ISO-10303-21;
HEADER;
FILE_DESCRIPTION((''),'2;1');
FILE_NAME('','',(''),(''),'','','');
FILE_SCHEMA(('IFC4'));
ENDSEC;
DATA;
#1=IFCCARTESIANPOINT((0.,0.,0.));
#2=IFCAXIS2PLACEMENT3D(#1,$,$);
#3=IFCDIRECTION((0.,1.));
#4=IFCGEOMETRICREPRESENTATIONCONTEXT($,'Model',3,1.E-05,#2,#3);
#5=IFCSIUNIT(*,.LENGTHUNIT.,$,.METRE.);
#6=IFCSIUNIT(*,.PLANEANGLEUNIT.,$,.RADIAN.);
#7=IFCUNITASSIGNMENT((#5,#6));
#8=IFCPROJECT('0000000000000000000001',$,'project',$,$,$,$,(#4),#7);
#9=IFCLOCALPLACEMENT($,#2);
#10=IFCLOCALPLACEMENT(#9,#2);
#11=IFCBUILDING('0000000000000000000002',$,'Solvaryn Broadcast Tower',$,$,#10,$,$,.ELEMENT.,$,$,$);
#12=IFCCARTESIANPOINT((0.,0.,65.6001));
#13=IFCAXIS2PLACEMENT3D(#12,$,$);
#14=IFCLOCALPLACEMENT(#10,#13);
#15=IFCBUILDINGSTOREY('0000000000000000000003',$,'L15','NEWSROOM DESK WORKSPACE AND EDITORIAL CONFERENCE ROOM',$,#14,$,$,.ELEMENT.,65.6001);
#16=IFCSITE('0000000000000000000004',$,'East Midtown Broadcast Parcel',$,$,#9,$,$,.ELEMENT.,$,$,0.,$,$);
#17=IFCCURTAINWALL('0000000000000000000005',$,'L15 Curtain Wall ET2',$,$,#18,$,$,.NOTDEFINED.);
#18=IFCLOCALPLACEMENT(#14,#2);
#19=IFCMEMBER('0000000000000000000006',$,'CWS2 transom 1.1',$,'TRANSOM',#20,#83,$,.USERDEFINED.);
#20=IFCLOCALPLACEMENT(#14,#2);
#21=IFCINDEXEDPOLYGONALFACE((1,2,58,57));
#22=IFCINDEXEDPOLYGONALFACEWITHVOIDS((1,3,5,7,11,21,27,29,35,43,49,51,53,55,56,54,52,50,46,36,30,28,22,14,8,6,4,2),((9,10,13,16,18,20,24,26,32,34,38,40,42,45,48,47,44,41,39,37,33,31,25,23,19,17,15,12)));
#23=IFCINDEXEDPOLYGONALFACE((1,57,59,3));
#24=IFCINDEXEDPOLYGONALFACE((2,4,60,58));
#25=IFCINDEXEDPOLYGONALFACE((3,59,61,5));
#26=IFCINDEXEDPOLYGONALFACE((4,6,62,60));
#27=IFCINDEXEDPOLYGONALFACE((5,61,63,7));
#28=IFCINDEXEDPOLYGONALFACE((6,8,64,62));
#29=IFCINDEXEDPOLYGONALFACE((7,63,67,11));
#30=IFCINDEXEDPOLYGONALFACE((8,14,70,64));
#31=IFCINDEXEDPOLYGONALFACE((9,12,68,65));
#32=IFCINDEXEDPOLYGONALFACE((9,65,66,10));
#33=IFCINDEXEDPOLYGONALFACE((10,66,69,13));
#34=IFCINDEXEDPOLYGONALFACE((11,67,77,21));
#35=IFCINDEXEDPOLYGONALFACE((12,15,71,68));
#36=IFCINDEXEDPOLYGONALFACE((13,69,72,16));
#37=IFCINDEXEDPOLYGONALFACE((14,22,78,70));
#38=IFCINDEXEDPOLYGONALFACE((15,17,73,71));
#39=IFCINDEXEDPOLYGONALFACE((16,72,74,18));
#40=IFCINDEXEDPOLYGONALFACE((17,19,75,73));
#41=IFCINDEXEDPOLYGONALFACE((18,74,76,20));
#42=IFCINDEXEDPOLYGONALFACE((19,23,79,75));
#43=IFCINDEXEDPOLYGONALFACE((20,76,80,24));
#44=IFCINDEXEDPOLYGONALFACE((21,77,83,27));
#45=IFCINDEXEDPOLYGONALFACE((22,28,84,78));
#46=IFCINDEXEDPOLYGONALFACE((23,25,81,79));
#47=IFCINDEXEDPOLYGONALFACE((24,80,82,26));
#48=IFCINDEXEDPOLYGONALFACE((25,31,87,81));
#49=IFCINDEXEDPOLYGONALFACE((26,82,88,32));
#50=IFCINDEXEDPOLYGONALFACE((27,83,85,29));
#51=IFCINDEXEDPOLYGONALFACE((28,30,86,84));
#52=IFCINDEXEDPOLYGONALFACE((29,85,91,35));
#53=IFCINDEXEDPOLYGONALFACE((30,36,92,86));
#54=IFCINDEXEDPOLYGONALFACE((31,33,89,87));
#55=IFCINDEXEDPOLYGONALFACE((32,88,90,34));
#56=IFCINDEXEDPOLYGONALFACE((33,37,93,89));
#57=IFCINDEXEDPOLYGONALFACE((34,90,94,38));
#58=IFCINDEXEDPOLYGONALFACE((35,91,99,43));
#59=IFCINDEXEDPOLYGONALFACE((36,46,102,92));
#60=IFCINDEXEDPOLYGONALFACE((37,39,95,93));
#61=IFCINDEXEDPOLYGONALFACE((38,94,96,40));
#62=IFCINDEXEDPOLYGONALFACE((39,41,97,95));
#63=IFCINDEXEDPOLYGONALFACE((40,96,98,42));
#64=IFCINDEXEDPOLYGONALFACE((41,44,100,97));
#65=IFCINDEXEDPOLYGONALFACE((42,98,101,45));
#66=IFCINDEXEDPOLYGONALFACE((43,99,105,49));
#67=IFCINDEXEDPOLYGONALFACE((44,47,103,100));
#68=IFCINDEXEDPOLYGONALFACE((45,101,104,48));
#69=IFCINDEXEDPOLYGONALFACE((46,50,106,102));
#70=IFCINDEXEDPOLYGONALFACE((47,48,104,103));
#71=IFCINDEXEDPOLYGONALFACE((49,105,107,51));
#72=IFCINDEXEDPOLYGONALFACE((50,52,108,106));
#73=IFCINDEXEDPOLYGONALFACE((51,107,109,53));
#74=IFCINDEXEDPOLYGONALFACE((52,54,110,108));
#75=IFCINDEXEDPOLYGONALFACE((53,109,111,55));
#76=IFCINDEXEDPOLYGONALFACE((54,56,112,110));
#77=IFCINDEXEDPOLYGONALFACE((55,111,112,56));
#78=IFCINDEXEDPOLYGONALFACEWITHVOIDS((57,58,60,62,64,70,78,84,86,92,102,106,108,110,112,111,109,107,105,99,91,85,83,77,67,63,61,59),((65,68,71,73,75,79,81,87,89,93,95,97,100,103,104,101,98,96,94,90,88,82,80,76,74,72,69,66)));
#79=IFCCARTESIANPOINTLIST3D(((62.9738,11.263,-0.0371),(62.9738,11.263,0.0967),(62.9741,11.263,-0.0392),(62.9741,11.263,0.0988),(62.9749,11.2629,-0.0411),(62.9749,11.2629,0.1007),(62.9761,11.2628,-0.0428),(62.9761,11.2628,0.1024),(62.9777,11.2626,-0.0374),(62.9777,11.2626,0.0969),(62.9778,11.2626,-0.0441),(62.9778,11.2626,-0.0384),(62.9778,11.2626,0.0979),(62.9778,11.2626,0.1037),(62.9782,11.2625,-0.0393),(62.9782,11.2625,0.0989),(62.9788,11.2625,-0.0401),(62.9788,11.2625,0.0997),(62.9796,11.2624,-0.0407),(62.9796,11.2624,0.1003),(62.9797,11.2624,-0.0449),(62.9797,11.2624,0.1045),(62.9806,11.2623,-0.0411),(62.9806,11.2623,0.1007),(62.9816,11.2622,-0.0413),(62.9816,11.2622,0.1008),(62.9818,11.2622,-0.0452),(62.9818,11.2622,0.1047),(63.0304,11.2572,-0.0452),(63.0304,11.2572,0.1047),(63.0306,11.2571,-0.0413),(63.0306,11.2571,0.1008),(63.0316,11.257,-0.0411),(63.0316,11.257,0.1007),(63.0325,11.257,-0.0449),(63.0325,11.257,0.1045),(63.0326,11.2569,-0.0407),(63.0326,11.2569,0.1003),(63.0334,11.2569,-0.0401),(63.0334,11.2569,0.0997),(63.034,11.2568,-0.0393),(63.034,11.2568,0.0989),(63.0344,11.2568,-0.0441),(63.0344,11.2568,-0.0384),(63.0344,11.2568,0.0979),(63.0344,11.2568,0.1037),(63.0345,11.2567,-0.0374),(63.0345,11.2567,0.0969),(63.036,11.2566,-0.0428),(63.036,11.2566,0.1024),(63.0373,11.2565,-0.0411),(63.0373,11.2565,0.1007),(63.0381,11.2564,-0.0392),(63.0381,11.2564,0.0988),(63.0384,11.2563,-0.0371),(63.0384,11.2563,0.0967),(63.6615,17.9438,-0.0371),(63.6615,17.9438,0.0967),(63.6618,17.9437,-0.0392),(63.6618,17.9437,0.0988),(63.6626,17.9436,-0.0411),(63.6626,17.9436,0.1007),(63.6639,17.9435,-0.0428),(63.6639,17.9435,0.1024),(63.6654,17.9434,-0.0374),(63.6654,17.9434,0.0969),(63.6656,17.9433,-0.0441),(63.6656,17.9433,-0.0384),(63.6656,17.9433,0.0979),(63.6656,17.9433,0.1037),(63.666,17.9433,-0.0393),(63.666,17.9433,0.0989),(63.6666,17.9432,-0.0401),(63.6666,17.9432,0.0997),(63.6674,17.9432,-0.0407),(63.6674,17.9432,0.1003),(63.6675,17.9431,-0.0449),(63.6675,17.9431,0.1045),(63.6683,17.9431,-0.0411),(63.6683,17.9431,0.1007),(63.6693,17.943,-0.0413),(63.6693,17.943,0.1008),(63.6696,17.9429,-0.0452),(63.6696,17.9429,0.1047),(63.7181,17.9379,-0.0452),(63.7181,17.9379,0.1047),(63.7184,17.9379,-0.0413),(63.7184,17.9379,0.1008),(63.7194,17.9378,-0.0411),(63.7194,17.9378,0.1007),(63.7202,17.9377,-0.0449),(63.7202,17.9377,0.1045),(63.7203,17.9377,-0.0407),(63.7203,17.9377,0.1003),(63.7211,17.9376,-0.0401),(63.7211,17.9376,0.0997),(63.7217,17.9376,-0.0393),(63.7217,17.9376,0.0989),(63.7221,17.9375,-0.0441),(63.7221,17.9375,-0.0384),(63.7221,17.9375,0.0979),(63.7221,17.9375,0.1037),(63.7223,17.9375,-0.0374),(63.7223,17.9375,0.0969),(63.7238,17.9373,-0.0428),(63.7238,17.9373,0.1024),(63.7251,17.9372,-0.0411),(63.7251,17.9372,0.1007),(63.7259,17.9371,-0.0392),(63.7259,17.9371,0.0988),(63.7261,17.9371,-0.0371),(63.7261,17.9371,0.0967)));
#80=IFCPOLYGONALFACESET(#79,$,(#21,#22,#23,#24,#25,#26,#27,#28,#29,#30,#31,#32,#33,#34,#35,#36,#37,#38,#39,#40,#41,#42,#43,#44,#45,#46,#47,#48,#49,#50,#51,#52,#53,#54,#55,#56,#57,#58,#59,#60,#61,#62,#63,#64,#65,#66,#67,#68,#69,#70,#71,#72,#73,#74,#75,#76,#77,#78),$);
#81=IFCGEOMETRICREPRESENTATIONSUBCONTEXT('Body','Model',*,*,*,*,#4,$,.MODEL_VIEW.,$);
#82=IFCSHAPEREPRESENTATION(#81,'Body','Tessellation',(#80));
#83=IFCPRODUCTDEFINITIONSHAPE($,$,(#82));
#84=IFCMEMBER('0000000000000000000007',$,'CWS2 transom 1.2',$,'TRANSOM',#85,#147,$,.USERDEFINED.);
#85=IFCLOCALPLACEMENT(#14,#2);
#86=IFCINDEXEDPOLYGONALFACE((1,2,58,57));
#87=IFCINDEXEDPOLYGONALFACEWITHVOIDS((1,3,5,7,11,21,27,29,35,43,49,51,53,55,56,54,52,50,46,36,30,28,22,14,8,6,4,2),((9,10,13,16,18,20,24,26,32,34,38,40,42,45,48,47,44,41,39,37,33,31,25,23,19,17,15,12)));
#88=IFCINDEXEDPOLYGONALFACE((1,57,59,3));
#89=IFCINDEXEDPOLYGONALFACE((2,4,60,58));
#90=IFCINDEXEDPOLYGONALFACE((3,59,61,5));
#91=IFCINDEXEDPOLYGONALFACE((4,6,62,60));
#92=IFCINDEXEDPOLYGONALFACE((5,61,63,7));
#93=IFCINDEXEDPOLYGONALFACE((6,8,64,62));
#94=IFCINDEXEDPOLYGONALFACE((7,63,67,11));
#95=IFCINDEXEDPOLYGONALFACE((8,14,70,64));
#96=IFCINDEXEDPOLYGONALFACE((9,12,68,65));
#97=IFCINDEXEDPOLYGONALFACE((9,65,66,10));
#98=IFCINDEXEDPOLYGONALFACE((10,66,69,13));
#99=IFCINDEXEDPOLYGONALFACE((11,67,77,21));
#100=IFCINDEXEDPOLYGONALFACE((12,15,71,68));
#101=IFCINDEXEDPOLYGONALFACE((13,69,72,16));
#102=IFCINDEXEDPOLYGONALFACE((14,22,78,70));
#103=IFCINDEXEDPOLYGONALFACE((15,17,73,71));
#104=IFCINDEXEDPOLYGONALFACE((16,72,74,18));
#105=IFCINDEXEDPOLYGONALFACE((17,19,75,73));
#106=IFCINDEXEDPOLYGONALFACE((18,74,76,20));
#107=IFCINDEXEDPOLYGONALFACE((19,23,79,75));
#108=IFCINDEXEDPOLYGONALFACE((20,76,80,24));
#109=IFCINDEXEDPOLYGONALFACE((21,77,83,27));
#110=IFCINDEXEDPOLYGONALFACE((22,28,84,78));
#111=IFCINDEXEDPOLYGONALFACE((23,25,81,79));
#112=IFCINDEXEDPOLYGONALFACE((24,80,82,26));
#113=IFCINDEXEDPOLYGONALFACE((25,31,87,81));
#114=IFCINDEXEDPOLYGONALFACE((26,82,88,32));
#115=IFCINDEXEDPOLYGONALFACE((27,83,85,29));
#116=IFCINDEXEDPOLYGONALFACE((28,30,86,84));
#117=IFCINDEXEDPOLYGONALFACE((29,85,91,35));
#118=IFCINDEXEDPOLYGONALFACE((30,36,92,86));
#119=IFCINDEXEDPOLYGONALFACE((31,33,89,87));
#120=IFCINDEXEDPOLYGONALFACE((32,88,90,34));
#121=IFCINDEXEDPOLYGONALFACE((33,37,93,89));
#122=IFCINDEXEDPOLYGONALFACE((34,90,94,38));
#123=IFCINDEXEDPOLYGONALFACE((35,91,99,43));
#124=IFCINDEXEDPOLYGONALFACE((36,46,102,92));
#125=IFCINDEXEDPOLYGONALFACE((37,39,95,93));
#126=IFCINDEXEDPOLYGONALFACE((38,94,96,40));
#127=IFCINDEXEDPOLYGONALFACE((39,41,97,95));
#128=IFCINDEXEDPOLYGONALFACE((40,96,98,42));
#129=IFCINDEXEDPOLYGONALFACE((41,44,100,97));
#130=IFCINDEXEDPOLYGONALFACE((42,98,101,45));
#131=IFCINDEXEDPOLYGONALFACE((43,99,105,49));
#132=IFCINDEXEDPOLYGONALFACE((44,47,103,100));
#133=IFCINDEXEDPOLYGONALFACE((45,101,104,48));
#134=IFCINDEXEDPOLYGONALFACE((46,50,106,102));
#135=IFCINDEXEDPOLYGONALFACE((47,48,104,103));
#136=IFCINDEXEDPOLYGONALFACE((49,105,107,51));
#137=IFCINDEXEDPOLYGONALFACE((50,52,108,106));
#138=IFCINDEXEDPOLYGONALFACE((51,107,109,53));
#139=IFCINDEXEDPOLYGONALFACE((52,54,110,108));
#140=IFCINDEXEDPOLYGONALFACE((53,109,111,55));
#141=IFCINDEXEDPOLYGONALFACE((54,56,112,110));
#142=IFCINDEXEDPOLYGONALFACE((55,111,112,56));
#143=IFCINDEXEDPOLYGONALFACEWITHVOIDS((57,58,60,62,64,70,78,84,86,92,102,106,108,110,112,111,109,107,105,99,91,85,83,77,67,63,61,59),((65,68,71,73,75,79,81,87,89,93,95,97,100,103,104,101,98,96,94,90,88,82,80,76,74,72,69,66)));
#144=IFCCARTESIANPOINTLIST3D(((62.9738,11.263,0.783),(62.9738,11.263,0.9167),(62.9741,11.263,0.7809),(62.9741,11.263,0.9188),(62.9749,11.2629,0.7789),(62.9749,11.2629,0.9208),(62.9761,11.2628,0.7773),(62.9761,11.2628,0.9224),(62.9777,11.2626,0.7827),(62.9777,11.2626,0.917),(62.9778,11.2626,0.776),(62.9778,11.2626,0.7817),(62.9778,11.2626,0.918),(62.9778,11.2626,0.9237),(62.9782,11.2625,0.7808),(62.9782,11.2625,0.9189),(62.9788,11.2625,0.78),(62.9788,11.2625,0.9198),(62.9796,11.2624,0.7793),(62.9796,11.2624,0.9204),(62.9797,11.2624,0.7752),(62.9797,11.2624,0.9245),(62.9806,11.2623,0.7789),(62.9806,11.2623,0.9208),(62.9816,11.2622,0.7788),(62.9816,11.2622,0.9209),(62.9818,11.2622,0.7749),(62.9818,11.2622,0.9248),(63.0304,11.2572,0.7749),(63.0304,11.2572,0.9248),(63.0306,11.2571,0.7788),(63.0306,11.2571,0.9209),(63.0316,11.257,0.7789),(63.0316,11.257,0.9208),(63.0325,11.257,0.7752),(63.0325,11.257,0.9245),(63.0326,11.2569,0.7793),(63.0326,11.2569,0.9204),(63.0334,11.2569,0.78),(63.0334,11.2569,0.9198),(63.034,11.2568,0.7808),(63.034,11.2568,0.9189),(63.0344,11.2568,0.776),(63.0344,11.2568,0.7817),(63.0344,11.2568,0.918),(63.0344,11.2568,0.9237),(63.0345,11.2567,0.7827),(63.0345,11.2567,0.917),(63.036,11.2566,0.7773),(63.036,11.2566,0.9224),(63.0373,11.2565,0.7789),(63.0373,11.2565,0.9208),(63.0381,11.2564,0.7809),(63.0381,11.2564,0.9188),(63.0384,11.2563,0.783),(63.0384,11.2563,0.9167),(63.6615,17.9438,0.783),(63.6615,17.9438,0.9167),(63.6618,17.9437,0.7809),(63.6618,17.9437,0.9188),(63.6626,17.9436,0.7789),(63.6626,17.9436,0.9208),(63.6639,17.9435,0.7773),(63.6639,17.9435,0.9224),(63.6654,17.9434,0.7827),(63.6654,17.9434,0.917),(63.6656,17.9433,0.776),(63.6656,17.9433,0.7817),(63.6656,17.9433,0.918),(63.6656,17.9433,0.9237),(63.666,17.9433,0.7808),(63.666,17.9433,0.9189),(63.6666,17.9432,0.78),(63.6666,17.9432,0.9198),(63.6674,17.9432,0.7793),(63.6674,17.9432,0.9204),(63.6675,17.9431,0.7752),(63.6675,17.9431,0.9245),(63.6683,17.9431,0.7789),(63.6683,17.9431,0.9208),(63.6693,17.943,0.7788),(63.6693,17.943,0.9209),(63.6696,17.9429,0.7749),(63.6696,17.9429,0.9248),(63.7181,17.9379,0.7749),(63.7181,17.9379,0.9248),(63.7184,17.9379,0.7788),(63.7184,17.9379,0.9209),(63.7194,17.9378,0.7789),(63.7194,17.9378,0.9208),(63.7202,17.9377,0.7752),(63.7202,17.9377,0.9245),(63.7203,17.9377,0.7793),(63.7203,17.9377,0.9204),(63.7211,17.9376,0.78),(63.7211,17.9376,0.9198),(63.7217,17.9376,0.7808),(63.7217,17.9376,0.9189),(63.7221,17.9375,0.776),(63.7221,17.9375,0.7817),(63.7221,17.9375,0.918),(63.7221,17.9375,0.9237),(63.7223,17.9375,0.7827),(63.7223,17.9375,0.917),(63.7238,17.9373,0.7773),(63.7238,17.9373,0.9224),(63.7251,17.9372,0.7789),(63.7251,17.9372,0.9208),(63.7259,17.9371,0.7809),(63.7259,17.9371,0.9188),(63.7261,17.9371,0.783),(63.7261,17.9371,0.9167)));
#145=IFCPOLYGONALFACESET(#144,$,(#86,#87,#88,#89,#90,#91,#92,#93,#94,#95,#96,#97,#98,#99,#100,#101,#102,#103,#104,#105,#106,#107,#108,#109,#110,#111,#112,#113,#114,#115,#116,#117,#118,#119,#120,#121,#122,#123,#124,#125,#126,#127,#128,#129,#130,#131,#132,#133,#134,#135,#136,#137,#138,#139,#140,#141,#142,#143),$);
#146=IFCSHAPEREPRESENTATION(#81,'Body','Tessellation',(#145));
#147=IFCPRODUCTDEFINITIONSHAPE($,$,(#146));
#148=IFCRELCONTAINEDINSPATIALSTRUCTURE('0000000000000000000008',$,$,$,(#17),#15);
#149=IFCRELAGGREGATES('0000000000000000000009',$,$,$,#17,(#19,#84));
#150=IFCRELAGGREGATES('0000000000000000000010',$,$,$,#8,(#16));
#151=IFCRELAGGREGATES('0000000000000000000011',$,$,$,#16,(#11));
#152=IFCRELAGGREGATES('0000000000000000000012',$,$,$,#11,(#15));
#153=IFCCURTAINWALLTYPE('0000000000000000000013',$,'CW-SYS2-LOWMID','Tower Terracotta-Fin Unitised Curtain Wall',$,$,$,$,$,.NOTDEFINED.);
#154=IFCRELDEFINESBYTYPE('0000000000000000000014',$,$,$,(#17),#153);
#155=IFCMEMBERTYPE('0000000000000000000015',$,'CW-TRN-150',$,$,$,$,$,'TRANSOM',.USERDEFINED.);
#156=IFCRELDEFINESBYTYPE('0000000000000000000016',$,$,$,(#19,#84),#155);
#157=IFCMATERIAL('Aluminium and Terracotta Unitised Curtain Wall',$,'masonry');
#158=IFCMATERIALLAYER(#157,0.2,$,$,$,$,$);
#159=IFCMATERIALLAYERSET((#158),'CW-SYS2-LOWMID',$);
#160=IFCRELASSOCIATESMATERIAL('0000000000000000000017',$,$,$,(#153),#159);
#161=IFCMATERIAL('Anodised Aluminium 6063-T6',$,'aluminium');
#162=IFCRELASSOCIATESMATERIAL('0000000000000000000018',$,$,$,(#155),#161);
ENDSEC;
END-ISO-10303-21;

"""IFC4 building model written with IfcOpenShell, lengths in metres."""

from ifc_helpers import new_model, si_unit, direction, frame, origin, origin_2d, place, context, subcontext, project, spatial, hollow_rectangle, extrude, material, layer, layer_set, material_profile, profile_set, type_object, element, aggregate, save


model = new_model("IFC4")

# Units and contexts
model_context = context("Model", 3, precision=1e-05, world=origin(), true_north=direction((0.0, 1.0)))
body_context = subcontext(model_context, "Body", "Model", "MODEL_VIEW")
ifc_project = project(units=[si_unit("LENGTHUNIT", "METRE"), si_unit("PLANEANGLEUNIT", "RADIAN")], contexts=[model_context])

# Site, building, storey
site_placement = place(None, origin())
site = spatial("IfcSite", under=ifc_project, at=site_placement, Name="East Midtown Broadcast Parcel", CompositionType="ELEMENT", RefElevation=0.0)
building_placement = place(site_placement, origin())
building = spatial("IfcBuilding", under=site, at=building_placement, Name="Solvaryn Broadcast Tower", CompositionType="ELEMENT")
storey_placement = place(building_placement, frame((0.0, 0.0, 65.6001)))
storey = spatial("IfcBuildingStorey", under=building, at=storey_placement, Name="L15", Description="NEWSROOM DESK WORKSPACE AND EDITORIAL CONFERENCE ROOM", CompositionType="ELEMENT", Elevation=65.6001)

# Shared definitions
ifc_material_1 = material(Name="Aluminium and Terracotta Unitised Curtain Wall", Category="masonry")
ifc_layer_1 = layer(ifc_material_1, 0.2)
ifc_layer_set_1 = layer_set([ifc_layer_1], Name="CW-SYS2-LOWMID")
curtain_wall_type = type_object("IfcCurtainWallType", Name="CW-SYS2-LOWMID", Description="Tower Terracotta-Fin Unitised Curtain Wall", PredefinedType="NOTDEFINED", material=ifc_layer_set_1)

# Curtain wall, members
curtain_wall_1_placement = place(storey_placement, origin())
curtain_wall_1 = element("IfcCurtainWall", 1, at=curtain_wall_1_placement, inside=storey, type_object=curtain_wall_type, Name="L15 Curtain Wall ET2", PredefinedType="NOTDEFINED")
ifc_material_2 = material(Name="Anodised Aluminium 6063-T6", Category="aluminium")
ifc_material_profile_1 = material_profile(ifc_material_2, hollow_rectangle(XDim=0.0649, YDim=0.1499, WallThickness=0.0039, InnerFilletRadius=0.0039, OuterFilletRadius=0.0081, at=origin_2d()))
ifc_profile_set_1 = profile_set([ifc_material_profile_1], Name="Anodised Aluminium 6063-T6")
member_type_1 = type_object("IfcMemberType", Name="CW-TRN-150", ElementType="TRANSOM", PredefinedType="USERDEFINED", material=ifc_profile_set_1)
member_1_placement = place(storey_placement, frame((63.6938, 17.9404, 0.0298), z_axis=(-0.102404, -0.994743, 0.0), x_axis=(0.994743, -0.102404, 0.0)))
member_1 = element("IfcMember", 2, at=member_1_placement, type_object=member_type_1, Name="CWS2 transom 1.1", ObjectType="TRANSOM", PredefinedType="USERDEFINED", context=body_context, shape_type="SweptSolid", body=[
    extrude(hollow_rectangle(XDim=0.0649, YDim=0.1499, WallThickness=0.0039, InnerFilletRadius=0.0039, OuterFilletRadius=0.0081, at=origin_2d()), origin(), (0.0, 0.0, 1.0), 6.7161),
])
member_2_placement = place(storey_placement, frame((63.6938, 17.9404, 0.8499), z_axis=(-0.102404, -0.994743, 0.0), x_axis=(0.994743, -0.102404, 0.0)))
member_2 = element("IfcMember", 3, at=member_2_placement, type_object=member_type_1, Name="CWS2 transom 1.2", ObjectType="TRANSOM", PredefinedType="USERDEFINED", context=body_context, shape_type="SweptSolid", body=[
    extrude(hollow_rectangle(XDim=0.0649, YDim=0.1499, WallThickness=0.0039, InnerFilletRadius=0.0039, OuterFilletRadius=0.0081, at=origin_2d()), origin(), (0.0, 0.0, 1.0), 6.7161),
])
aggregate(curtain_wall_1, [member_1, member_2])

save(model, "model.ifc")
